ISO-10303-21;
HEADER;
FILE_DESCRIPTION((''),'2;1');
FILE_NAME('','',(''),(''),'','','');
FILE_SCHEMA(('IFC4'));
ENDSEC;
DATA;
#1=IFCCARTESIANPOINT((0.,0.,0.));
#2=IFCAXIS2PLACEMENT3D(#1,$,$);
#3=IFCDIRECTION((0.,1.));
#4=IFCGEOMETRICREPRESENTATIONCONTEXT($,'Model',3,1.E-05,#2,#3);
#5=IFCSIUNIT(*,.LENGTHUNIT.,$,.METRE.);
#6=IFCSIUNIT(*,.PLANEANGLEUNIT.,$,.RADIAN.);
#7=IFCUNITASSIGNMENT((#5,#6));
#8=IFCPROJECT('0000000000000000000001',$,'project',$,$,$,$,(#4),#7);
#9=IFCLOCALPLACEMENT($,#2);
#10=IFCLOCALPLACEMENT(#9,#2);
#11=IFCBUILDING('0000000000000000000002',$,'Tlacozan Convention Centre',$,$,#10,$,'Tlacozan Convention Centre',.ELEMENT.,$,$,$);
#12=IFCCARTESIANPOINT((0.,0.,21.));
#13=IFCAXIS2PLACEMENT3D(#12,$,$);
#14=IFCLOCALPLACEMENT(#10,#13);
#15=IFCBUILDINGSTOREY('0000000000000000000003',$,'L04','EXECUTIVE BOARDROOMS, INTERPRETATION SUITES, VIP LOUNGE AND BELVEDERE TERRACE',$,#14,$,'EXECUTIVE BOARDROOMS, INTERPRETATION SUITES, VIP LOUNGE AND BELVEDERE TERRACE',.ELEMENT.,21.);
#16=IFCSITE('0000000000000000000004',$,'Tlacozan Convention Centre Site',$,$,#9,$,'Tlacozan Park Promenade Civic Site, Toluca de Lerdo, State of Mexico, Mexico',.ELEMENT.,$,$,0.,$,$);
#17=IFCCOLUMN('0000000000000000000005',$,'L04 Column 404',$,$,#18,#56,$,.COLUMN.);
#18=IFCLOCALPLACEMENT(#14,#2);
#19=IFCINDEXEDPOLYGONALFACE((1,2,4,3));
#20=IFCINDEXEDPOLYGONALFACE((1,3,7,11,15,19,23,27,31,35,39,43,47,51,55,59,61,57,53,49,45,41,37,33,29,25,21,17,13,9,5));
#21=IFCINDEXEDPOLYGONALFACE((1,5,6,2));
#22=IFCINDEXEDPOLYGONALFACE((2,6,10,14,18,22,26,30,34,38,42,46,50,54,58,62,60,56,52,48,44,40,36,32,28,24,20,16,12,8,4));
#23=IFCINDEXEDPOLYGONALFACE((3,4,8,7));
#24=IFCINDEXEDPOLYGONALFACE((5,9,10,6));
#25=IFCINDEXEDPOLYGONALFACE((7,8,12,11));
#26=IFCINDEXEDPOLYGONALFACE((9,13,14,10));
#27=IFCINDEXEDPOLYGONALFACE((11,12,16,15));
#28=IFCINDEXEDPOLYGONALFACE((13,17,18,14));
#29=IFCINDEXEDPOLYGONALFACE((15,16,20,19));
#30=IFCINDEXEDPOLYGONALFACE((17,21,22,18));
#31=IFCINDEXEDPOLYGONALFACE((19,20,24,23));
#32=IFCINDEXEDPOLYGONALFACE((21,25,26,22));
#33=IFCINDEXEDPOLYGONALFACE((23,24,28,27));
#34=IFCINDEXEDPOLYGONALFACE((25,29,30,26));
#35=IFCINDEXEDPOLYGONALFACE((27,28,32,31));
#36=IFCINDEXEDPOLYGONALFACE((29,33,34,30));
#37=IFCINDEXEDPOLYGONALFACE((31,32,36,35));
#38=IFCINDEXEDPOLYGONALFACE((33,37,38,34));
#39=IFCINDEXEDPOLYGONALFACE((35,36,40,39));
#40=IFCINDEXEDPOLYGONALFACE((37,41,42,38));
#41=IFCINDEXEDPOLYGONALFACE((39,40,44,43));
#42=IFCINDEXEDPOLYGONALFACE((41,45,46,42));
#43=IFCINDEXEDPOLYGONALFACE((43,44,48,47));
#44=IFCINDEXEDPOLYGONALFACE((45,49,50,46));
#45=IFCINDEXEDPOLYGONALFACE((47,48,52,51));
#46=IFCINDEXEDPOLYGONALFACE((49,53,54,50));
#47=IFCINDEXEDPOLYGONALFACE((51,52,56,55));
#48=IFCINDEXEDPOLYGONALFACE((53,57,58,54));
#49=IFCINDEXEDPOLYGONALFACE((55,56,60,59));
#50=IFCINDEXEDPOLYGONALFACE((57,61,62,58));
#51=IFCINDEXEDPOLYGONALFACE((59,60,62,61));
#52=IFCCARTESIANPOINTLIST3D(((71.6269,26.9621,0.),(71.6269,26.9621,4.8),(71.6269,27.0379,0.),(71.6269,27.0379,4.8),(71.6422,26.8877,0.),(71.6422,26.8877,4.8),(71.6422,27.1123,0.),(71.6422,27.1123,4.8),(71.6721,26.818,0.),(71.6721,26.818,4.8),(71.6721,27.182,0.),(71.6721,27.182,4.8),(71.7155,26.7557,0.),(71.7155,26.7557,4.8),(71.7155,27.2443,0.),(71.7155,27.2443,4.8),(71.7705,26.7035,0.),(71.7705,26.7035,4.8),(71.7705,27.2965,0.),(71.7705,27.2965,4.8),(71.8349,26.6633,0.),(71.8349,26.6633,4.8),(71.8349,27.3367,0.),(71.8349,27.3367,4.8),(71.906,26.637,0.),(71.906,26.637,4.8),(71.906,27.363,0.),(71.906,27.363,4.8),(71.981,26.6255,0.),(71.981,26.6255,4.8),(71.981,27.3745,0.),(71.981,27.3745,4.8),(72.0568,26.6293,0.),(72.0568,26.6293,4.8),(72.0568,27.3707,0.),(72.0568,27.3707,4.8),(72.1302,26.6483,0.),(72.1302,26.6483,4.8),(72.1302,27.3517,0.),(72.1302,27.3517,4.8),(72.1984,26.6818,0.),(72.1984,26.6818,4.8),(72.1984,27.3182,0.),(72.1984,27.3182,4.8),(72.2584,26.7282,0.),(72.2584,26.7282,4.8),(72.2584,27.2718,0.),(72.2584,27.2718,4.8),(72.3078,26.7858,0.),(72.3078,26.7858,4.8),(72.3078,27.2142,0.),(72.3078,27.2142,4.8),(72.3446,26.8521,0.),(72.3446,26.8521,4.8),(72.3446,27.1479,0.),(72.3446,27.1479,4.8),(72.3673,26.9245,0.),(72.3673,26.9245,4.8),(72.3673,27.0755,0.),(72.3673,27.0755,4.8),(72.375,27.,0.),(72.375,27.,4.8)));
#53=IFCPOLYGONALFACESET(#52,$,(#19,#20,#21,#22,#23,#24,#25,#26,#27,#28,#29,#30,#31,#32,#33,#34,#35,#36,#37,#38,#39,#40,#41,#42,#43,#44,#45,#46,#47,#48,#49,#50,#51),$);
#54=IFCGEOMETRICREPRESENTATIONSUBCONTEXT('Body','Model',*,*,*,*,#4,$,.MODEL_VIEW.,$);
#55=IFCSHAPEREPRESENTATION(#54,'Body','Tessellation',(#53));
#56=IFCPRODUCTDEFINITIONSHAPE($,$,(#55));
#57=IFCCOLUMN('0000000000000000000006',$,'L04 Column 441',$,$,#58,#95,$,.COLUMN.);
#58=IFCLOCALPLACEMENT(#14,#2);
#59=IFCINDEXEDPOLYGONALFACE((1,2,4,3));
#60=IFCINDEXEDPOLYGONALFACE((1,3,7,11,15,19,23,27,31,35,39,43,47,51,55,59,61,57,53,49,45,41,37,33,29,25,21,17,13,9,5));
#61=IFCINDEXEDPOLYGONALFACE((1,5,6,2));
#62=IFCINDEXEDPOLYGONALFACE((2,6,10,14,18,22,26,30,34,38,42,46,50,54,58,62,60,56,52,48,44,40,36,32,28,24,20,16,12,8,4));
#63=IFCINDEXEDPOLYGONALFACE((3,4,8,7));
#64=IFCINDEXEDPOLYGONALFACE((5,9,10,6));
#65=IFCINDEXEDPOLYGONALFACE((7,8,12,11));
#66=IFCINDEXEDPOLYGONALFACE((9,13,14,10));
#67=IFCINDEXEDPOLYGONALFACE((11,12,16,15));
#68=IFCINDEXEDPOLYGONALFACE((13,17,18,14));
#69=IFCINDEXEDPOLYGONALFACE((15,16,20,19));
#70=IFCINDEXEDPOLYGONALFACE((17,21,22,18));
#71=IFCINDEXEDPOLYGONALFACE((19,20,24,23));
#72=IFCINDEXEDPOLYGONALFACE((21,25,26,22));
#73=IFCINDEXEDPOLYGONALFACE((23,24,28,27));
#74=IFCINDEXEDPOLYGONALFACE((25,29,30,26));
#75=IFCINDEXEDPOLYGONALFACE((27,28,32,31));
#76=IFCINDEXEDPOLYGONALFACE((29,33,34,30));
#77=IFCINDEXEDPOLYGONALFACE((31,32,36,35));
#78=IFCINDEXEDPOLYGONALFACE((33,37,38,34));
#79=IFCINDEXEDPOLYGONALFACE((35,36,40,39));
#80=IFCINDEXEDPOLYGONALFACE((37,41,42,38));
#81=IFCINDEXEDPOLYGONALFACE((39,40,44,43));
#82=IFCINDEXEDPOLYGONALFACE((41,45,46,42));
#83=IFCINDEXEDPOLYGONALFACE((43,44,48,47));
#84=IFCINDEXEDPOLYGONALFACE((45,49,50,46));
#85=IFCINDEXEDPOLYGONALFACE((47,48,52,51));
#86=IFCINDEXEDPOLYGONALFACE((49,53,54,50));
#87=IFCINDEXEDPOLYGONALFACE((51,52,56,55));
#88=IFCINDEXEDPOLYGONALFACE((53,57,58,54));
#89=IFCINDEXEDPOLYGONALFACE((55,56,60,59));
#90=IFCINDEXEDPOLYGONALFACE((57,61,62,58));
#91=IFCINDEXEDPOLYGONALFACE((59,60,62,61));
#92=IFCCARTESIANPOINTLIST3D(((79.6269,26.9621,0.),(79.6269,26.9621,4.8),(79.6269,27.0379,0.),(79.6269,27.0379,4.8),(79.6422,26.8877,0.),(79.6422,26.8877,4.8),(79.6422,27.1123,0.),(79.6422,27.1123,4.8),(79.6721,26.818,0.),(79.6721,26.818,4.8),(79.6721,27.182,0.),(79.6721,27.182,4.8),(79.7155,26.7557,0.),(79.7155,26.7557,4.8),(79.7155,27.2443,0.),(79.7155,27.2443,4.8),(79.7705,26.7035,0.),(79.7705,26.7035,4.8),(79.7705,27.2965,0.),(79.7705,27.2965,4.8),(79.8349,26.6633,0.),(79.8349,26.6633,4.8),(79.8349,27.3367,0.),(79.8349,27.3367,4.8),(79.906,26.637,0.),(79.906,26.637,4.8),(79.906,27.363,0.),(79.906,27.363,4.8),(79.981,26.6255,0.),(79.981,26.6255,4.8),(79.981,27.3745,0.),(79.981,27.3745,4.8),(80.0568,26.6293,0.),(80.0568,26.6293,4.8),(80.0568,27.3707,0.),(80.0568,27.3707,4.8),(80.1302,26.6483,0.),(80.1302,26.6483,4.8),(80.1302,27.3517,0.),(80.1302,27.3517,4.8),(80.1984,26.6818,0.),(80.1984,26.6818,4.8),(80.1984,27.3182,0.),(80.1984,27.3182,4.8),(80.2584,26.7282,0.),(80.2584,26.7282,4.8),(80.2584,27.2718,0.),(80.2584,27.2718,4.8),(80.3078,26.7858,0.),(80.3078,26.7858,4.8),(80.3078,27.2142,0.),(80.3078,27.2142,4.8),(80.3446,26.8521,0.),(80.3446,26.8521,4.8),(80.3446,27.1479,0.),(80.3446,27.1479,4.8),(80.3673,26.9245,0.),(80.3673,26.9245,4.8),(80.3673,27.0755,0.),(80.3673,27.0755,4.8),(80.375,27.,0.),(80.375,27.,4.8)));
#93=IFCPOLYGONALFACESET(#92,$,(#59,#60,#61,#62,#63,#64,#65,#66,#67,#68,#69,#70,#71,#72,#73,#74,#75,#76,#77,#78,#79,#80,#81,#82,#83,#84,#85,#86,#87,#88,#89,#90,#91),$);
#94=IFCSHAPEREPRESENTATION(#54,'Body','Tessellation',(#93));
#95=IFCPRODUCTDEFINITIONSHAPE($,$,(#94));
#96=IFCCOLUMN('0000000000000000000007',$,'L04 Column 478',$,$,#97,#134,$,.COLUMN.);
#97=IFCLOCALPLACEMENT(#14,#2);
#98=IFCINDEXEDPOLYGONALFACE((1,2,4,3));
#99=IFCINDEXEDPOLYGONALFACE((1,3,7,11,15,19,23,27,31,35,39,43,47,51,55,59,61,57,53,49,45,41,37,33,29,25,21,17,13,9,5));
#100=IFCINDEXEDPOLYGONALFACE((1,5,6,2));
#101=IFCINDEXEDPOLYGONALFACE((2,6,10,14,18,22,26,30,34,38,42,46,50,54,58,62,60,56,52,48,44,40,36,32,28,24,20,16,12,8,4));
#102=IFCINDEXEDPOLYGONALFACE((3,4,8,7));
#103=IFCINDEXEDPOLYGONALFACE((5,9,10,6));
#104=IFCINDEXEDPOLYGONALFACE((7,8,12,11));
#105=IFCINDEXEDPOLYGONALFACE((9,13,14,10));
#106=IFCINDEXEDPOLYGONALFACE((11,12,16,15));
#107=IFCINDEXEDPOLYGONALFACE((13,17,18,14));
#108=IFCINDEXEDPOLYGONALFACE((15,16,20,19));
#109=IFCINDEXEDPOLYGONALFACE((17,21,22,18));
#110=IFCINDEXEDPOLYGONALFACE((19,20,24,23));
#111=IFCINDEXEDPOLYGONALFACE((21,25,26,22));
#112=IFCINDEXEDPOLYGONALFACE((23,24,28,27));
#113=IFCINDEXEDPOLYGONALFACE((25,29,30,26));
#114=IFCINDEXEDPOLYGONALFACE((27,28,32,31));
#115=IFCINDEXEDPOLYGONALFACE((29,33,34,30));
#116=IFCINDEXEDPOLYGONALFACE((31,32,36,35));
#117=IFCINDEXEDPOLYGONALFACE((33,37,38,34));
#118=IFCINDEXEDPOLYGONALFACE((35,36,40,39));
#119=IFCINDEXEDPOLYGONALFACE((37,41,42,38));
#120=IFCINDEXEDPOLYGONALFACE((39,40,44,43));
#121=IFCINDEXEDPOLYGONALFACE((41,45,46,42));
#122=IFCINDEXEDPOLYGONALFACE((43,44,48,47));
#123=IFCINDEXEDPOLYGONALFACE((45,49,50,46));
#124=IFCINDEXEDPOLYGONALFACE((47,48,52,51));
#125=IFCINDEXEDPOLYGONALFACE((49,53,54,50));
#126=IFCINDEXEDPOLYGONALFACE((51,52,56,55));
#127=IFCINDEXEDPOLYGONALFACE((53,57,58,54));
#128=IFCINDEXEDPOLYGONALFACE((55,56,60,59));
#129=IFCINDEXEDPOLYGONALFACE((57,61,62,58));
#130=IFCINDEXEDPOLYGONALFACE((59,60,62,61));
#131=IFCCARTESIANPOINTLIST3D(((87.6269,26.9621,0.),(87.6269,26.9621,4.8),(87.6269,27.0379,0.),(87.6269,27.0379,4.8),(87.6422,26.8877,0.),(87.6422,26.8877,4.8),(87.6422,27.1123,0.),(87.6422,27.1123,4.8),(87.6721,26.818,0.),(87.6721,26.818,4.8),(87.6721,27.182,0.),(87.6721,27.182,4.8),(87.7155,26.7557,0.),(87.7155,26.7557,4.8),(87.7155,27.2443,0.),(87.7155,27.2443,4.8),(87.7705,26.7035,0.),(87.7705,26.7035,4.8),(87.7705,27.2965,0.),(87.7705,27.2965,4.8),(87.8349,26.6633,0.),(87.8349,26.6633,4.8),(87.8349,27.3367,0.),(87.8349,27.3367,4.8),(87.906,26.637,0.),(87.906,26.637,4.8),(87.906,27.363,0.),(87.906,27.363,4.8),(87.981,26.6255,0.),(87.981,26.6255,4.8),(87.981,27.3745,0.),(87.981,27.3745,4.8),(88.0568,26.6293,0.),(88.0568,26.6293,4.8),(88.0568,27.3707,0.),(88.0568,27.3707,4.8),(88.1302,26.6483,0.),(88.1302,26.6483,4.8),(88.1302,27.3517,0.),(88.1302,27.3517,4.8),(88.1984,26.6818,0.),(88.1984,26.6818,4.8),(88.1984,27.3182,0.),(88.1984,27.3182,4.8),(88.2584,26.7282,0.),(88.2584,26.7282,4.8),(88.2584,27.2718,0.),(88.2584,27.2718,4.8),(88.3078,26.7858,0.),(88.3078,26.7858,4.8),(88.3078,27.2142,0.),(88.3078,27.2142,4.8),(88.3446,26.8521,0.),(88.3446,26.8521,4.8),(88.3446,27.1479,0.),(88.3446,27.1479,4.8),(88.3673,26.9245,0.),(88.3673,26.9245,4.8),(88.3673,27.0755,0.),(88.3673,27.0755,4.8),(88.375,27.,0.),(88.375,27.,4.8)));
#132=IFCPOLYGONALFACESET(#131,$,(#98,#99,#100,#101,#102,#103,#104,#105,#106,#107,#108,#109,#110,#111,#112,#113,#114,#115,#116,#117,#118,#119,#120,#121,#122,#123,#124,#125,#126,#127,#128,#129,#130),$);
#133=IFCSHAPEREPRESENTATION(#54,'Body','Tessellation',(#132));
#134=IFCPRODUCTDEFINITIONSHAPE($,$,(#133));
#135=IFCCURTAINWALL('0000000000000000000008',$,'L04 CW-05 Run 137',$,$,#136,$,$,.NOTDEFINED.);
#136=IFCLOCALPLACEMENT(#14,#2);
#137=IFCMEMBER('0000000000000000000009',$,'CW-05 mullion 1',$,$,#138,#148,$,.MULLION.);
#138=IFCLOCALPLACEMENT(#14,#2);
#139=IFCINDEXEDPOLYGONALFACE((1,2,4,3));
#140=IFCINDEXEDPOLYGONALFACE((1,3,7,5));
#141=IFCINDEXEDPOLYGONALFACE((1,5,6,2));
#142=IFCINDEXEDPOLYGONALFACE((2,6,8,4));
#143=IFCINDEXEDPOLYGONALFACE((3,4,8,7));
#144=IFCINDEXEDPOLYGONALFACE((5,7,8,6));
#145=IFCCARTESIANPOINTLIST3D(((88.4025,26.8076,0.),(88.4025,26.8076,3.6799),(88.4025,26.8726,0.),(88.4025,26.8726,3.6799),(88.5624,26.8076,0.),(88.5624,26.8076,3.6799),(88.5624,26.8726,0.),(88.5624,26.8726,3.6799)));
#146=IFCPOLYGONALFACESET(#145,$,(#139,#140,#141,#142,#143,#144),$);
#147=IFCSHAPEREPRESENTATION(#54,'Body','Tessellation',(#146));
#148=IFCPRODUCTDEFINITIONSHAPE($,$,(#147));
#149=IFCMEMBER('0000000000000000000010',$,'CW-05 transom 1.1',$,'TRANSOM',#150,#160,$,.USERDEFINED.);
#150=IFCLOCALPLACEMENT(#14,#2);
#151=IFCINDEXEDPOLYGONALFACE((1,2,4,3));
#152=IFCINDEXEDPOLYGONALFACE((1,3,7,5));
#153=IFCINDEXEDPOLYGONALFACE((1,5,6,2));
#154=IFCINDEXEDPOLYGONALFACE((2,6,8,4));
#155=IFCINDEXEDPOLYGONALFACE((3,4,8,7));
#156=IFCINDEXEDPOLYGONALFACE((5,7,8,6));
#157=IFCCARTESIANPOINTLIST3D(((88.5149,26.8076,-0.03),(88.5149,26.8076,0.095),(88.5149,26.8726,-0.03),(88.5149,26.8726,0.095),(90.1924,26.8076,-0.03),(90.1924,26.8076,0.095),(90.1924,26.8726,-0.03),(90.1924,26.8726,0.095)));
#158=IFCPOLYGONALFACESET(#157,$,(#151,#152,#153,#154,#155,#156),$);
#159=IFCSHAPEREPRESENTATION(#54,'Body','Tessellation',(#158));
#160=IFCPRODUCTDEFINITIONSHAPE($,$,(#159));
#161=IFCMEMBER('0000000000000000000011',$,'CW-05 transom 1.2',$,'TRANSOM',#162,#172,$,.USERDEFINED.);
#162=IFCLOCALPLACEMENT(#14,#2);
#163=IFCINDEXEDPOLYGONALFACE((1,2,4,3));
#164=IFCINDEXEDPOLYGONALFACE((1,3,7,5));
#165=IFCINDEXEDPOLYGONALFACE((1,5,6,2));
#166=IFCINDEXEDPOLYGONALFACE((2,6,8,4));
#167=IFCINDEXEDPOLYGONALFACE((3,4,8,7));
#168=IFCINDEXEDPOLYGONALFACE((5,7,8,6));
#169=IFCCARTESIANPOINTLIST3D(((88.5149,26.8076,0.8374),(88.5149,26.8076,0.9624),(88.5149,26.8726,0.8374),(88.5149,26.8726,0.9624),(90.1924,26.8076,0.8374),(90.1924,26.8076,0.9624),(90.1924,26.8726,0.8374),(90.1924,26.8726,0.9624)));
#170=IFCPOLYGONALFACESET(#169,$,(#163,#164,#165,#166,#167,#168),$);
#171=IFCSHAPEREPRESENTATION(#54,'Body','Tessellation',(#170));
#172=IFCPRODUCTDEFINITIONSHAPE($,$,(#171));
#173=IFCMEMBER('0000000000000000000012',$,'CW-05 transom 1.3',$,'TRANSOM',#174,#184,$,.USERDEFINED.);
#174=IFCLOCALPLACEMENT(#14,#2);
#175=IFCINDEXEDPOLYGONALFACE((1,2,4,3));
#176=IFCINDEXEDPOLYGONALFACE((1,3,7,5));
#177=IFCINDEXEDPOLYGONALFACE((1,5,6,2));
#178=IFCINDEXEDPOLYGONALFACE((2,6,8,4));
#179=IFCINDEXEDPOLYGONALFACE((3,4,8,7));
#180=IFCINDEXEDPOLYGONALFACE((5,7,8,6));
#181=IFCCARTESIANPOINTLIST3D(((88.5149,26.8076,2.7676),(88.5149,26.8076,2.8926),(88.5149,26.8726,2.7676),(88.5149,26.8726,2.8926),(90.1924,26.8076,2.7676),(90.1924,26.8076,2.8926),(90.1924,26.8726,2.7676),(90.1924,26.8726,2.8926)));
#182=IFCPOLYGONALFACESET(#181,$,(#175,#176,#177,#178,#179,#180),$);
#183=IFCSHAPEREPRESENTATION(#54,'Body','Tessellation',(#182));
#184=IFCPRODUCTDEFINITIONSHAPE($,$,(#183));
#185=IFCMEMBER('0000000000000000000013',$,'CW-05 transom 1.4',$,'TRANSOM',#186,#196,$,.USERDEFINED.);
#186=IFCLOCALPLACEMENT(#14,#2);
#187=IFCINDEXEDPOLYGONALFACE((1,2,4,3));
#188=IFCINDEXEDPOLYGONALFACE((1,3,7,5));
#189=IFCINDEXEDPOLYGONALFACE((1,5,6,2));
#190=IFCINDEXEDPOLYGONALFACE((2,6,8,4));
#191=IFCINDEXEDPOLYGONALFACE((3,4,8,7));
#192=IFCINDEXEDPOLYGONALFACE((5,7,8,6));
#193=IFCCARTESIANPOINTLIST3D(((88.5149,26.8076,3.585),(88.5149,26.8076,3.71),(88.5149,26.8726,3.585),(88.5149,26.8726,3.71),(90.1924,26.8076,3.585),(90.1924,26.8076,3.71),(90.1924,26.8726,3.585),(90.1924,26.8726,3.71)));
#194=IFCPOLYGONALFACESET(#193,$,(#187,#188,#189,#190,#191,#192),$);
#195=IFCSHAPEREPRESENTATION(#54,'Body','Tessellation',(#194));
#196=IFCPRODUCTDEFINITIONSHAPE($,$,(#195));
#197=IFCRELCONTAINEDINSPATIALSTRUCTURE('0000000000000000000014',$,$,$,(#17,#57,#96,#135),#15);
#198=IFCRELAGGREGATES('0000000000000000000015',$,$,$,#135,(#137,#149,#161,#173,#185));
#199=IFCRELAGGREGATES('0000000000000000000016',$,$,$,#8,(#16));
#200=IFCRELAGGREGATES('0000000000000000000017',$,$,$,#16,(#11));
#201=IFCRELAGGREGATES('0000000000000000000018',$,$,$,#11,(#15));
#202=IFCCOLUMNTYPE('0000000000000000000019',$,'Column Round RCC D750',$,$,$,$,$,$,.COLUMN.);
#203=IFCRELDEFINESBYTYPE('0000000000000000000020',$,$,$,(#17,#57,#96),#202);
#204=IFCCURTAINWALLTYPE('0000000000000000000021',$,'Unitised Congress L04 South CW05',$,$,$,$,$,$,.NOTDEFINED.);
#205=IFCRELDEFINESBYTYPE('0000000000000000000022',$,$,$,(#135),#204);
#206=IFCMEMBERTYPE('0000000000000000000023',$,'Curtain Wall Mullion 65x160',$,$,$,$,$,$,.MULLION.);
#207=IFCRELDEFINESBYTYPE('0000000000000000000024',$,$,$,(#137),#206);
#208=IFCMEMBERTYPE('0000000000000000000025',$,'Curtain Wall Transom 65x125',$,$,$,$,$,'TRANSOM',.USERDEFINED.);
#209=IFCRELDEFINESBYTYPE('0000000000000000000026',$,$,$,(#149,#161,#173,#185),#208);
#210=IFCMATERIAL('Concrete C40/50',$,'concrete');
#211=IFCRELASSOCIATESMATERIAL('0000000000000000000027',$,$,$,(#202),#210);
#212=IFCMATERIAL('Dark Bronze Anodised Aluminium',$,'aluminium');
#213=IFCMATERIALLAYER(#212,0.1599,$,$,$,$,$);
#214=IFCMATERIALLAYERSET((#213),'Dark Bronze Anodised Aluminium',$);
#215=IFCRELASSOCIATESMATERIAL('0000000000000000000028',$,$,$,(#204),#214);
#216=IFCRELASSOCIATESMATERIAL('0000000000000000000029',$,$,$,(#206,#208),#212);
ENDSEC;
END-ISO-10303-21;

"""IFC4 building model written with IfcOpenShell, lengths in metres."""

from ifc_helpers import new_model, si_unit, direction, frame, origin, origin_2d, place, context, subcontext, project, spatial, rectangle, circle, extrude, material, layer, layer_set, material_profile, profile_set, type_object, element, aggregate, save


model = new_model("IFC4")

# Units and contexts
model_context = context("Model", 3, precision=1e-05, world=origin(), true_north=direction((0.0, 1.0)))
body_context = subcontext(model_context, "Body", "Model", "MODEL_VIEW")
ifc_project = project(units=[si_unit("LENGTHUNIT", "METRE"), si_unit("PLANEANGLEUNIT", "RADIAN")], contexts=[model_context])

# Site, building, storey
site_placement = place(None, origin())
site = spatial("IfcSite", under=ifc_project, at=site_placement, Name="Tlacozan Convention Centre Site", LongName="Tlacozan Park Promenade Civic Site, Toluca de Lerdo, State of Mexico, Mexico", CompositionType="ELEMENT", RefElevation=0.0)
building_placement = place(site_placement, origin())
building = spatial("IfcBuilding", under=site, at=building_placement, Name="Tlacozan Convention Centre", LongName="Tlacozan Convention Centre", CompositionType="ELEMENT")
storey_placement = place(building_placement, frame((0.0, 0.0, 21.0)))
storey = spatial("IfcBuildingStorey", under=building, at=storey_placement, Name="L04", Description="EXECUTIVE BOARDROOMS, INTERPRETATION SUITES, VIP LOUNGE AND BELVEDERE TERRACE", LongName="EXECUTIVE BOARDROOMS, INTERPRETATION SUITES, VIP LOUNGE AND BELVEDERE TERRACE", CompositionType="ELEMENT", Elevation=21.0)

# Columns
ifc_material_1 = material(Name="Concrete C40/50", Category="concrete")
ifc_material_profile_1 = material_profile(ifc_material_1, circle(Radius=0.375, at=origin_2d()), Name="RCC D750")
ifc_profile_set_1 = profile_set([ifc_material_profile_1], Name="Concrete C40/50")
column_type = type_object("IfcColumnType", Name="Column Round RCC D750", PredefinedType="COLUMN", material=ifc_profile_set_1)
for number, where, z_axis, x_axis, name in (
    (1, (72.0, 27.0, 0.0), (0.0, 0.0, 1.0), (1.0, 0.0, 0.0), "L04 Column 404"),
    (2, (80.0, 27.0, 0.0), (0.0, 0.0, 1.0), (1.0, 0.0, 0.0), "L04 Column 441"),
    (3, (88.0, 27.0, 0.0), (0.0, 0.0, 1.0), (1.0, 0.0, 0.0), "L04 Column 478"),
):
    element("IfcColumn", number, at=place(storey_placement, frame(where, z_axis=z_axis, x_axis=x_axis)), inside=storey, type_object=column_type, Name=name, PredefinedType="COLUMN", context=body_context, shape_type="SweptSolid", body=[
        extrude(circle(Radius=0.375, at=origin_2d()), origin(), (0.0, 0.0, 1.0), 4.8),
    ])

# Curtain wall, members
ifc_material_2 = material(Name="Dark Bronze Anodised Aluminium", Category="aluminium")
ifc_layer_1 = layer(ifc_material_2, 0.1599)
ifc_layer_set_1 = layer_set([ifc_layer_1], Name="Dark Bronze Anodised Aluminium")
curtain_wall_type = type_object("IfcCurtainWallType", Name="Unitised Congress L04 South CW05", PredefinedType="NOTDEFINED", material=ifc_layer_set_1)
curtain_wall_placement = place(storey_placement, origin())
curtain_wall = element("IfcCurtainWall", 4, at=curtain_wall_placement, inside=storey, type_object=curtain_wall_type, Name="L04 CW-05 Run 137", PredefinedType="NOTDEFINED")
ifc_material_profile_2 = material_profile(ifc_material_2, rectangle(XDim=0.0649, YDim=0.1599, at=origin_2d()), Name="ALU 65x160")
ifc_profile_set_2 = profile_set([ifc_material_profile_2], Name="Dark Bronze Anodised Aluminium")
member_type_1 = type_object("IfcMemberType", Name="Curtain Wall Mullion 65x160", PredefinedType="MULLION", material=ifc_profile_set_2)
member_1_placement = place(storey_placement, frame((88.4824, 26.8401, 0.0), z_axis=(0.0, 0.0, 1.0), x_axis=(0.0, 1.0, 0.0)))
member_1 = element("IfcMember", 5, at=member_1_placement, type_object=member_type_1, Name="CW-05 mullion 1", PredefinedType="MULLION", context=body_context, shape_type="SweptSolid", body=[
    extrude(rectangle(XDim=0.0649, YDim=0.1599, at=origin_2d()), origin(), (0.0, 0.0, 1.0), 3.6799),
])
ifc_material_profile_3 = material_profile(ifc_material_2, rectangle(XDim=0.0649, YDim=0.125, at=origin_2d()), Name="ALU 65x125")
ifc_profile_set_3 = profile_set([ifc_material_profile_3], Name="Dark Bronze Anodised Aluminium")
member_type_2 = type_object("IfcMemberType", Name="Curtain Wall Transom 65x125", ElementType="TRANSOM", PredefinedType="USERDEFINED", material=ifc_profile_set_3)
member_2_placement = place(storey_placement, frame((88.5149, 26.8401, 0.0325), z_axis=(1.0, 0.0, 0.0), x_axis=(0.0, 1.0, 0.0)))
member_2 = element("IfcMember", 6, at=member_2_placement, type_object=member_type_2, Name="CW-05 transom 1.1", ObjectType="TRANSOM", PredefinedType="USERDEFINED", context=body_context, shape_type="SweptSolid", body=[
    extrude(rectangle(XDim=0.0649, YDim=0.125, at=origin_2d()), origin(), (0.0, 0.0, 1.0), 1.6775),
])
member_3_placement = place(storey_placement, frame((88.5149, 26.8401, 0.8999), z_axis=(1.0, 0.0, 0.0), x_axis=(0.0, 1.0, 0.0)))
member_3 = element("IfcMember", 7, at=member_3_placement, type_object=member_type_2, Name="CW-05 transom 1.2", ObjectType="TRANSOM", PredefinedType="USERDEFINED", context=body_context, shape_type="SweptSolid", body=[
    extrude(rectangle(XDim=0.0649, YDim=0.125, at=origin_2d()), origin(), (0.0, 0.0, 1.0), 1.6775),
])
member_4_placement = place(storey_placement, frame((88.5149, 26.8401, 2.8301), z_axis=(1.0, 0.0, 0.0), x_axis=(0.0, 1.0, 0.0)))
member_4 = element("IfcMember", 8, at=member_4_placement, type_object=member_type_2, Name="CW-05 transom 1.3", ObjectType="TRANSOM", PredefinedType="USERDEFINED", context=body_context, shape_type="SweptSolid", body=[
    extrude(rectangle(XDim=0.0649, YDim=0.125, at=origin_2d()), origin(), (0.0, 0.0, 1.0), 1.6775),
])
member_5_placement = place(storey_placement, frame((88.5149, 26.8401, 3.6475), z_axis=(1.0, 0.0, 0.0), x_axis=(0.0, 1.0, 0.0)))
member_5 = element("IfcMember", 9, at=member_5_placement, type_object=member_type_2, Name="CW-05 transom 1.4", ObjectType="TRANSOM", PredefinedType="USERDEFINED", context=body_context, shape_type="SweptSolid", body=[
    extrude(rectangle(XDim=0.0649, YDim=0.125, at=origin_2d()), origin(), (0.0, 0.0, 1.0), 1.6775),
])

aggregate(curtain_wall, [member_1, member_2, member_3, member_4, member_5])

save(model, "model.ifc")
